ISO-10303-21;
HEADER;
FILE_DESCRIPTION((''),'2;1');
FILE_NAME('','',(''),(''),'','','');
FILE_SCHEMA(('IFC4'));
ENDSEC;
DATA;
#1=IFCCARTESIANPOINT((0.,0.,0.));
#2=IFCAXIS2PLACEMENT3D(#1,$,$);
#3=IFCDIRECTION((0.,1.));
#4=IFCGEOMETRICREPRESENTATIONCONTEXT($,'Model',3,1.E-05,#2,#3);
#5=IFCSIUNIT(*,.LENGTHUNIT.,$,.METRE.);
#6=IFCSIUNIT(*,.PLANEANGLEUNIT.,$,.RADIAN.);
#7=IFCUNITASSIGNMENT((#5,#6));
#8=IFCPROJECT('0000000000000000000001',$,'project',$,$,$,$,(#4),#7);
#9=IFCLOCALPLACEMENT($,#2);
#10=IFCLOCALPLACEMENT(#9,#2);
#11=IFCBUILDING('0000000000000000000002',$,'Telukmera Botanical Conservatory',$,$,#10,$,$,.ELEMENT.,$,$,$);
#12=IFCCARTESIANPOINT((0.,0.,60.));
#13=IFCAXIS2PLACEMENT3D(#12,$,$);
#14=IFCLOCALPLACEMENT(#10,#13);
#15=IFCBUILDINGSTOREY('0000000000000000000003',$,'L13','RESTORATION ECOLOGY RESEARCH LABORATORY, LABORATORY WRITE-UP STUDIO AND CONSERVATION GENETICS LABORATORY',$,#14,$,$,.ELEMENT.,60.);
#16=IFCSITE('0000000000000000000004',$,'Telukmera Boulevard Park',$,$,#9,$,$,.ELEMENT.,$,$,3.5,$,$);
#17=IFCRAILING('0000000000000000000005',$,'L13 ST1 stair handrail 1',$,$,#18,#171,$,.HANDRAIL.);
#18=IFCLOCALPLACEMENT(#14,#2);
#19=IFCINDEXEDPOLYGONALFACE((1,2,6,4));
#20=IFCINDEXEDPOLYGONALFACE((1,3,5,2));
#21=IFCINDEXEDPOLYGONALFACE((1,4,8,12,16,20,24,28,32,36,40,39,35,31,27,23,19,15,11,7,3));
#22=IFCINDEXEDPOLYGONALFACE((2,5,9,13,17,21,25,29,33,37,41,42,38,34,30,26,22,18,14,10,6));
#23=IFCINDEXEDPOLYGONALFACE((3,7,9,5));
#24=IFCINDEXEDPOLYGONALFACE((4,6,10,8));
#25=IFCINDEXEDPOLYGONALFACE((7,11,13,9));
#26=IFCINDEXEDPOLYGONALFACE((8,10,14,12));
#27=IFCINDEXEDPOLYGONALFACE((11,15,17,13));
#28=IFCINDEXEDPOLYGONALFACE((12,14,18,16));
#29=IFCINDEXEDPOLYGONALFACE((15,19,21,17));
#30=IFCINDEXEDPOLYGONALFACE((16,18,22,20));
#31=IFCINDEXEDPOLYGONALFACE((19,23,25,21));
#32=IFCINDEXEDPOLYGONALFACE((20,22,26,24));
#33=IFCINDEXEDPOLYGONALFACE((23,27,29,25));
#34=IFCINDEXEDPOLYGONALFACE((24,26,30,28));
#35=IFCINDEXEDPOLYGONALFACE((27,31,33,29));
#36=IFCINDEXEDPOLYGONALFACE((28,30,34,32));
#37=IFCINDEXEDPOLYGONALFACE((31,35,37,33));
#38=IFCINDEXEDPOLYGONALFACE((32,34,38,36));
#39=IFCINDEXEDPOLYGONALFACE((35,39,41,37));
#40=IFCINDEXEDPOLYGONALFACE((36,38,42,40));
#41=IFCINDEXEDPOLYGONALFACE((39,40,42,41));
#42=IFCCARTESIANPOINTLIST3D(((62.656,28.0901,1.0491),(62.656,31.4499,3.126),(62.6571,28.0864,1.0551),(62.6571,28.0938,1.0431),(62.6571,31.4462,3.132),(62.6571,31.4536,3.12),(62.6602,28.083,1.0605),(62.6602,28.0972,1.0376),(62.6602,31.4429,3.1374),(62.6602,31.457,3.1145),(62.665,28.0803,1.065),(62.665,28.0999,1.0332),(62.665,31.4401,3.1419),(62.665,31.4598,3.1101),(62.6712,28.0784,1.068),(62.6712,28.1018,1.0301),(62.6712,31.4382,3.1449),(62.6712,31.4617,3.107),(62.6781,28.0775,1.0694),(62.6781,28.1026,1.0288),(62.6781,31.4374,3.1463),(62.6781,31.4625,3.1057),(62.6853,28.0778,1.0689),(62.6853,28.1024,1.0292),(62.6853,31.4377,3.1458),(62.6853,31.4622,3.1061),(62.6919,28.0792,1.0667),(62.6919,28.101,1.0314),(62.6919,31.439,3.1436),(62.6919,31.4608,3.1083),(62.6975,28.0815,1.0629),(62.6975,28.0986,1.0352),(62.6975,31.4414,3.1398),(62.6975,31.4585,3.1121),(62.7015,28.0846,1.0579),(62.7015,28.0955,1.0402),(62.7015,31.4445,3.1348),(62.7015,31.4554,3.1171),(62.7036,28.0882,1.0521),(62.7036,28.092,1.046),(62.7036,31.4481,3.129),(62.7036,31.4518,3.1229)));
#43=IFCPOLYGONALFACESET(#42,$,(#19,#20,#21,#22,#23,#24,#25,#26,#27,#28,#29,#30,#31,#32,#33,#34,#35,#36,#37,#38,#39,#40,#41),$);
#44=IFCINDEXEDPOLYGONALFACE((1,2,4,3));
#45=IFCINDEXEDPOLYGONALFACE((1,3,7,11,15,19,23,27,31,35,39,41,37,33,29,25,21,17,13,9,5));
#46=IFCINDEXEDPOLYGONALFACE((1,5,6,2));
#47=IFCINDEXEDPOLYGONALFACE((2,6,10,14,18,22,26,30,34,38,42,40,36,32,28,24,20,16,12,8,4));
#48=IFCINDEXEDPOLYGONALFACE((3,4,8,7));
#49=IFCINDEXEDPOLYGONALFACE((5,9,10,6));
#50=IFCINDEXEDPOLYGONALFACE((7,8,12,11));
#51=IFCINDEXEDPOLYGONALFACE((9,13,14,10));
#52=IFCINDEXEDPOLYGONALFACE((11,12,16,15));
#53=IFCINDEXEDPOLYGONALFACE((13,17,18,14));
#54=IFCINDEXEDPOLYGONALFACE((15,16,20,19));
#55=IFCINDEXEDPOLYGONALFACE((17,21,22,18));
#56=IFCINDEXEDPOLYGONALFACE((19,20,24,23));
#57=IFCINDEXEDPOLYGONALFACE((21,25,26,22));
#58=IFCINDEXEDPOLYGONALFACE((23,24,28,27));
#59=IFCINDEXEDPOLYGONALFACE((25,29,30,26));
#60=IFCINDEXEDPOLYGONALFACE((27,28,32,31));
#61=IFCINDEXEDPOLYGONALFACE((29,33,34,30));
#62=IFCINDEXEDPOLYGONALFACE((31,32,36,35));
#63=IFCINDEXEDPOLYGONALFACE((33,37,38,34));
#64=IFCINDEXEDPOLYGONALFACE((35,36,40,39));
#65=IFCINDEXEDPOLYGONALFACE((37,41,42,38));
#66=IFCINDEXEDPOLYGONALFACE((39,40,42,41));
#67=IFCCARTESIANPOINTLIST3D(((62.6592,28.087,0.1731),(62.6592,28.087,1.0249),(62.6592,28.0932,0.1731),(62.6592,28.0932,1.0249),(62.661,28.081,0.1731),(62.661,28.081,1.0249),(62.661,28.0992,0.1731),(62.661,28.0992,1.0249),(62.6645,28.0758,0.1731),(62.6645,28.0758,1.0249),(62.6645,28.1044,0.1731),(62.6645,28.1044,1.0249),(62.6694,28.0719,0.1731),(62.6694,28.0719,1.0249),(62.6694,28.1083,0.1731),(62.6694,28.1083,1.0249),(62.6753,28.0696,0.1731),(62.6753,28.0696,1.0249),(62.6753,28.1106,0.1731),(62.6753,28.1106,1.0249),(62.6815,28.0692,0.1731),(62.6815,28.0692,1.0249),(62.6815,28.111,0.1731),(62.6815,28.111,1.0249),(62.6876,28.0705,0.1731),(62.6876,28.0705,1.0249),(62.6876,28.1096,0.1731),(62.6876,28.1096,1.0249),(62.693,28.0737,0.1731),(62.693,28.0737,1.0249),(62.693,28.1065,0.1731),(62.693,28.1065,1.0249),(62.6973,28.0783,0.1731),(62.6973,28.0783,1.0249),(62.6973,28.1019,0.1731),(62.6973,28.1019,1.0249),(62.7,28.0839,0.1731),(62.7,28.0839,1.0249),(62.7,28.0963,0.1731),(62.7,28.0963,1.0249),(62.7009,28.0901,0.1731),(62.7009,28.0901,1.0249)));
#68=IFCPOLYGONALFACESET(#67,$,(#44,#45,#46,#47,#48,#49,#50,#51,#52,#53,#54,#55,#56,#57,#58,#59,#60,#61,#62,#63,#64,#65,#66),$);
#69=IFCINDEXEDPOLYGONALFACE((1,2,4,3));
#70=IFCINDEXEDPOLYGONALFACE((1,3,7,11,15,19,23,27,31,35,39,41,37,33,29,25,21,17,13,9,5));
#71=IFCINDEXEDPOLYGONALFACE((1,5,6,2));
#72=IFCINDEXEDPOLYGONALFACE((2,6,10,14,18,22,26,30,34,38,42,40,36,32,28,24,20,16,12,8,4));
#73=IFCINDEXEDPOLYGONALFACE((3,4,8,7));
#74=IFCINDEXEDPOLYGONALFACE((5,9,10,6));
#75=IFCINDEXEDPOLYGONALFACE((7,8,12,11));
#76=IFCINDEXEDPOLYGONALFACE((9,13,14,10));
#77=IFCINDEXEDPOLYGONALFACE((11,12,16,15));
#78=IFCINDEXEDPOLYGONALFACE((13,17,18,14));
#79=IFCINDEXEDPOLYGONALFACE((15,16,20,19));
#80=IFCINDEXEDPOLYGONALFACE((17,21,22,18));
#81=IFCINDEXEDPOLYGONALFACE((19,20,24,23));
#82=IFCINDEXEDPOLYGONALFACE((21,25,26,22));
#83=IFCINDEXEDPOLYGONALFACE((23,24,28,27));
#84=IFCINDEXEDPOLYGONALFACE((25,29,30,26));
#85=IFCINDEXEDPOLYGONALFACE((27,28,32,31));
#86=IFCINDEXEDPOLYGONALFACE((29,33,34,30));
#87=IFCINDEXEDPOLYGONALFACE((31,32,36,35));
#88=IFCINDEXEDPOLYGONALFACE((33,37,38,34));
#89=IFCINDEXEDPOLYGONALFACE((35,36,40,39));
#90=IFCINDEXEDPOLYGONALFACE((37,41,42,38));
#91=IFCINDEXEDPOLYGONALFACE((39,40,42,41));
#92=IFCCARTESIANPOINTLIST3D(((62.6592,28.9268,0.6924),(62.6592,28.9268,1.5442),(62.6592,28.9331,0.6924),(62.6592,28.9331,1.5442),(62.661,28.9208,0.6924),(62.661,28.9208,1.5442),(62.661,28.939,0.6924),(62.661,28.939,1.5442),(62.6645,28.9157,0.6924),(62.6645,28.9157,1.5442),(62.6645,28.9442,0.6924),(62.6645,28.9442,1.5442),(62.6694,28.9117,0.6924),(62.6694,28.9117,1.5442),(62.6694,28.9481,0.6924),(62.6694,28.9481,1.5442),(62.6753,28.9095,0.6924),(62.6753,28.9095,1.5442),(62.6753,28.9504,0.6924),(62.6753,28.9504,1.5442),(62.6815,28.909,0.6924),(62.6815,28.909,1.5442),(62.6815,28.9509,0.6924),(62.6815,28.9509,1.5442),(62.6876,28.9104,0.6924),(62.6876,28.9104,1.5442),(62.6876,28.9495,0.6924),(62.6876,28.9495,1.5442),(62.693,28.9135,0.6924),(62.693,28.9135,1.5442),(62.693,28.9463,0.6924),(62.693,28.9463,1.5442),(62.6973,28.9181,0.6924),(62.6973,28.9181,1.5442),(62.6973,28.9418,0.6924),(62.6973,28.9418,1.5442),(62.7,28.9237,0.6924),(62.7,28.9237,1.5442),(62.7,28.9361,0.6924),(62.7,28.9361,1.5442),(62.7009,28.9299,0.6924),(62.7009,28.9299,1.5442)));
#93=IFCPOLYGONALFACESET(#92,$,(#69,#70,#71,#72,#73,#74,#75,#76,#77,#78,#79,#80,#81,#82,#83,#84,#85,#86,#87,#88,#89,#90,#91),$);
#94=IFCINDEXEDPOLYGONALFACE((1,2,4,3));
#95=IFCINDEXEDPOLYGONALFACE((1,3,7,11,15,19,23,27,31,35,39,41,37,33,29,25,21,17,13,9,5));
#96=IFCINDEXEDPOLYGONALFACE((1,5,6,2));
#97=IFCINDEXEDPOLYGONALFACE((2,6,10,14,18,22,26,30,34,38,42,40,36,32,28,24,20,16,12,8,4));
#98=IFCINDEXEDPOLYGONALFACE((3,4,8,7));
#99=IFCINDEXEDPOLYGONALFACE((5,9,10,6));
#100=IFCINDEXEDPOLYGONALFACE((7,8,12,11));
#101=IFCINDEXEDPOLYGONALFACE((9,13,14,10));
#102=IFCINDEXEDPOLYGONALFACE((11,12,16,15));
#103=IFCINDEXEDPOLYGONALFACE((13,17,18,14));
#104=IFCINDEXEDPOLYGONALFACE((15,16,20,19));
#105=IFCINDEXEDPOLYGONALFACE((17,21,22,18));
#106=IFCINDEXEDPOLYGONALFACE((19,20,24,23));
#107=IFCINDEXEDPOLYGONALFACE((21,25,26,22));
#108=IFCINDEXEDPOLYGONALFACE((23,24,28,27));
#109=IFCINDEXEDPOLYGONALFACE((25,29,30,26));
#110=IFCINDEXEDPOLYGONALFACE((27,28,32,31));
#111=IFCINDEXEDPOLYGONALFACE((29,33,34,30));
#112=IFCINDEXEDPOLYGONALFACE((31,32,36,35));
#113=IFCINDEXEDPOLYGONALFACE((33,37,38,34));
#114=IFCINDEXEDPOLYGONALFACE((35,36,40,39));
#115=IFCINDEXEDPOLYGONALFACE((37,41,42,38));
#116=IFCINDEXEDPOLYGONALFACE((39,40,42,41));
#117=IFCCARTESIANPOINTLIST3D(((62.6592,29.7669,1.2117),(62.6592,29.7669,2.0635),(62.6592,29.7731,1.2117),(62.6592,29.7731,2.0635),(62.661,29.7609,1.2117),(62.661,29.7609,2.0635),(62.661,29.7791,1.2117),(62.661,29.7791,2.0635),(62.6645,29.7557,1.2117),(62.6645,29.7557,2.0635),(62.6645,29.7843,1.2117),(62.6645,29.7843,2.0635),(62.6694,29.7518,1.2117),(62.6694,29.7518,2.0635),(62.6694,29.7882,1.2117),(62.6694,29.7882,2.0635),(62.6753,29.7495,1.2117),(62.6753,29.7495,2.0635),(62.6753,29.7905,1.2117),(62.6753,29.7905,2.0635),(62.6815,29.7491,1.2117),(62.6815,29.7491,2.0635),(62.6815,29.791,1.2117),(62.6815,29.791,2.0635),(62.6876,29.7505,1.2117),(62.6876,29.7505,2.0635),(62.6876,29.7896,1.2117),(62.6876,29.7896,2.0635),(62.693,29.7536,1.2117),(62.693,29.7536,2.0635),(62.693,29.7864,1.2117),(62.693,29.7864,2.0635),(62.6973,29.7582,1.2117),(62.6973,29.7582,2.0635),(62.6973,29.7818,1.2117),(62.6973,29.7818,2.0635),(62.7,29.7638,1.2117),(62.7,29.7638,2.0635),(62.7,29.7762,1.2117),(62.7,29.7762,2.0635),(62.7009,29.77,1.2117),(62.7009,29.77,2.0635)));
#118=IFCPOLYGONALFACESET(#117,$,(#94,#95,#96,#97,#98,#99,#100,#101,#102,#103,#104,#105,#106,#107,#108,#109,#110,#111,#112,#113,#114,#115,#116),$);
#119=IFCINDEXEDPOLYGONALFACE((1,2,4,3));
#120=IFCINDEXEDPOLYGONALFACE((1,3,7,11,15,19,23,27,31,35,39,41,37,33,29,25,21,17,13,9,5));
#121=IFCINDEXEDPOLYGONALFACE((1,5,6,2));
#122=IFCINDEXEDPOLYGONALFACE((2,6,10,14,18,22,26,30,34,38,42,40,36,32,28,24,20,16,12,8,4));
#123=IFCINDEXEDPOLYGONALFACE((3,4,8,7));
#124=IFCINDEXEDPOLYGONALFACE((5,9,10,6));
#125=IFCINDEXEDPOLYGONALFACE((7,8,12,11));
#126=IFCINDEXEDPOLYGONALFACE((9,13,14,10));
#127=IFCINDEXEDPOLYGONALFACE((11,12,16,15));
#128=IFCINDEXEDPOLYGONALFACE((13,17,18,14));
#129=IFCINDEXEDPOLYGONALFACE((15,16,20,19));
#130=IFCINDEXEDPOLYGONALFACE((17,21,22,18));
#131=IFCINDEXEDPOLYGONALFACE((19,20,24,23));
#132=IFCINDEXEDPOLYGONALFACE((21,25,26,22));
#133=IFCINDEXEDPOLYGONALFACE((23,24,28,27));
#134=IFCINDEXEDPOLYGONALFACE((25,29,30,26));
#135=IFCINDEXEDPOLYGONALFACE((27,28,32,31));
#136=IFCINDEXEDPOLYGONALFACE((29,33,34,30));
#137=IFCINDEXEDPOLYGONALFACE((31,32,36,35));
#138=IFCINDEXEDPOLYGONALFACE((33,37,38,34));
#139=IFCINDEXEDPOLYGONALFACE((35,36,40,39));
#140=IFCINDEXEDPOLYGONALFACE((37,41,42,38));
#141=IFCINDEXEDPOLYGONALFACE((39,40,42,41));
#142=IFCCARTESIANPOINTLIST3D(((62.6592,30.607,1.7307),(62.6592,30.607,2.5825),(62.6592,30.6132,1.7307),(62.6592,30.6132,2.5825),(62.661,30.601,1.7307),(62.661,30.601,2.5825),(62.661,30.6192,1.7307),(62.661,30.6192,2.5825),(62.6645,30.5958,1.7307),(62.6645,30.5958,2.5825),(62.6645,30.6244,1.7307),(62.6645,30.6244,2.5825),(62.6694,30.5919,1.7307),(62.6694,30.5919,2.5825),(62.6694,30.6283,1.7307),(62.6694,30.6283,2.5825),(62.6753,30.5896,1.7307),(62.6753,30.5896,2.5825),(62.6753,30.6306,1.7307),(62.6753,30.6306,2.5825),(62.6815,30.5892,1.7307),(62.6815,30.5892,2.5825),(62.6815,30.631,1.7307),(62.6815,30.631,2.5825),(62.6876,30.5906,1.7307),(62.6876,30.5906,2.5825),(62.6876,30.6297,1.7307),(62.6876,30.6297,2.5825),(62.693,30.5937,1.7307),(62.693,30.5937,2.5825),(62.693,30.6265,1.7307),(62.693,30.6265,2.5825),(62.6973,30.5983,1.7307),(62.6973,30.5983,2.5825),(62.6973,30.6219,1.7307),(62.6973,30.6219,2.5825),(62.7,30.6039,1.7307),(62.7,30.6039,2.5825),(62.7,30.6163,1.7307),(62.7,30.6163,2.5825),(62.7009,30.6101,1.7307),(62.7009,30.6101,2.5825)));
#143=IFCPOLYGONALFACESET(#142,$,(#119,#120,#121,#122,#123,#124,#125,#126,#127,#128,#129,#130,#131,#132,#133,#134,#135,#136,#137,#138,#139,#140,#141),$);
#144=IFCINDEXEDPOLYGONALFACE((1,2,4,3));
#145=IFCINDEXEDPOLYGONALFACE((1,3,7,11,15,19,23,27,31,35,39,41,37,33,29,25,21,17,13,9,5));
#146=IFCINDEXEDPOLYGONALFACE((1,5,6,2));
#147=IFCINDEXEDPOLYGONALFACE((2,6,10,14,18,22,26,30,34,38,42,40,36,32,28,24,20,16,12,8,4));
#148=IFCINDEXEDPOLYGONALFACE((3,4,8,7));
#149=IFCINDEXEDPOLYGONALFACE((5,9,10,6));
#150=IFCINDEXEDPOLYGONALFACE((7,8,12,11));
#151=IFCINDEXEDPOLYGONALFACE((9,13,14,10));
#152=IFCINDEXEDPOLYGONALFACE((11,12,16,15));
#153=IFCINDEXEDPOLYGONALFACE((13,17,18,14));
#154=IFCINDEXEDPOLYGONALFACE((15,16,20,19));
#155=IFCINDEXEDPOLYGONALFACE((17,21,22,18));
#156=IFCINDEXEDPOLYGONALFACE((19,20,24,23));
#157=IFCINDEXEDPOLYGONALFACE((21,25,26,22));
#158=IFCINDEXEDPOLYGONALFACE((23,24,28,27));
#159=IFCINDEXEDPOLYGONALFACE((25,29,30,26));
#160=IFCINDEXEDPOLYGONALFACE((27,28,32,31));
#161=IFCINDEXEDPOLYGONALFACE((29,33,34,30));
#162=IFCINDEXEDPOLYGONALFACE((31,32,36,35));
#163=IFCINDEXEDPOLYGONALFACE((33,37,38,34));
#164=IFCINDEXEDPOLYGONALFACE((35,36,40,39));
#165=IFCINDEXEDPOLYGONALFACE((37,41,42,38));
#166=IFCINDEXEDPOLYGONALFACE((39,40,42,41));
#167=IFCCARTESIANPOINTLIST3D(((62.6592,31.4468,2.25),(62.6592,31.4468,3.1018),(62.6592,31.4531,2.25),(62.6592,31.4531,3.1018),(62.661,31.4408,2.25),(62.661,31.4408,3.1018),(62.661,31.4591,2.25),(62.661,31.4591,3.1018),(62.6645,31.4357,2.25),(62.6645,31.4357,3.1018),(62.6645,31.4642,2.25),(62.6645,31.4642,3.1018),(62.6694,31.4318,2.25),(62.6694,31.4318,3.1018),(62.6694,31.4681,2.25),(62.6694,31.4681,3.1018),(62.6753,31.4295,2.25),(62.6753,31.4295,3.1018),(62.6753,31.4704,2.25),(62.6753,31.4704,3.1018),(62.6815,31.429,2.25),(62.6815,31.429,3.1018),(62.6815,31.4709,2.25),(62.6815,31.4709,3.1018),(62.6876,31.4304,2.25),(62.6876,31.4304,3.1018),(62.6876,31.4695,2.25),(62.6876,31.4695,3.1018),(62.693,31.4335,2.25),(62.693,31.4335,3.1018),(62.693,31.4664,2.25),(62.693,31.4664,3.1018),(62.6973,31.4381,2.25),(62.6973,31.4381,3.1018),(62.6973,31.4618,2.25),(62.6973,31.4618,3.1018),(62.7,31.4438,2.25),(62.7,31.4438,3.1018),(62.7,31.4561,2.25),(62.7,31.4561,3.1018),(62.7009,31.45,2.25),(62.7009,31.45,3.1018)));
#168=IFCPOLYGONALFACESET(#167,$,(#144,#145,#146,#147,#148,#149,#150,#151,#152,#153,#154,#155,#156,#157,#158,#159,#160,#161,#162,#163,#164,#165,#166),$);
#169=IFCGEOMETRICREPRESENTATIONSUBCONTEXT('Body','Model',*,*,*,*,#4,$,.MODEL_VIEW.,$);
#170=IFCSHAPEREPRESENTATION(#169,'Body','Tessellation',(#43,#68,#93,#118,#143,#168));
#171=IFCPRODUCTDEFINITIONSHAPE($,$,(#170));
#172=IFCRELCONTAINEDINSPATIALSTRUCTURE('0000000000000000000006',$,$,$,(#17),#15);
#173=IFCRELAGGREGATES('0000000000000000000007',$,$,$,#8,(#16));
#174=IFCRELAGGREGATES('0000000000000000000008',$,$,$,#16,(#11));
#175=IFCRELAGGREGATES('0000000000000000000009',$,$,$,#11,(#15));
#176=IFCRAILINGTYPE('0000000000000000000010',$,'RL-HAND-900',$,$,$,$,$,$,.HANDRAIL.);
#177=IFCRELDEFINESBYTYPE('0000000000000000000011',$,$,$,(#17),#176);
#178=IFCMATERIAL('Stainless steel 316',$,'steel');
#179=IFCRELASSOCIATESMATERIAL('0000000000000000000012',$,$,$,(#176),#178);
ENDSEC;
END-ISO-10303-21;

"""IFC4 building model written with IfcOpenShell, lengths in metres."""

from ifc_helpers import new_model, si_unit, direction, frame, origin, origin_2d, place, context, subcontext, project, spatial, circle, extrude, material, type_object, element, save


model = new_model("IFC4")

# Units and contexts
model_context = context("Model", 3, precision=1e-05, world=origin(), true_north=direction((0.0, 1.0)))
body_context = subcontext(model_context, "Body", "Model", "MODEL_VIEW")
ifc_project = project(units=[si_unit("LENGTHUNIT", "METRE"), si_unit("PLANEANGLEUNIT", "RADIAN")], contexts=[model_context])

# Site, building, storey
site_placement = place(None, origin())
site = spatial("IfcSite", under=ifc_project, at=site_placement, Name="Telukmera Boulevard Park", CompositionType="ELEMENT", RefElevation=3.5)
building_placement = place(site_placement, origin())
building = spatial("IfcBuilding", under=site, at=building_placement, Name="Telukmera Botanical Conservatory", CompositionType="ELEMENT")
storey_placement = place(building_placement, frame((0.0, 0.0, 60.0)))
storey = spatial("IfcBuildingStorey", under=building, at=storey_placement, Name="L13", Description="RESTORATION ECOLOGY RESEARCH LABORATORY, LABORATORY WRITE-UP STUDIO AND CONSERVATION GENETICS LABORATORY", CompositionType="ELEMENT", Elevation=60.0)

# Shared definitions
ifc_material_1 = material(Name="Stainless steel 316", Category="steel")

# Railing
railing_type_1 = type_object("IfcRailingType", Name="RL-HAND-900", PredefinedType="HANDRAIL", material=ifc_material_1)
railing_1_placement = place(storey_placement, frame((62.6799, 28.0901, 0.1731)))
element("IfcRailing", 1, at=railing_1_placement, inside=storey, type_object=railing_type_1, Name="L13 ST1 stair handrail 1", PredefinedType="HANDRAIL", context=body_context, shape_type="SweptSolid", body=[
    extrude(circle(Radius=0.0239, at=origin_2d()), frame((0.0, 0.0, 0.876), z_axis=(0.0, 0.850606, 0.525803), x_axis=(-1.0, 0.0, 0.0)), (0.0, 0.0, 1.0), 3.95),
    extrude(circle(Radius=0.021, at=origin_2d()), origin(), (0.0, 0.0, 1.0), 0.8518),
    extrude(circle(Radius=0.021, at=origin_2d()), frame((0.0, 0.8398, 0.5193)), (0.0, 0.0, 1.0), 0.8518),
    extrude(circle(Radius=0.021, at=origin_2d()), frame((0.0, 1.6799, 1.0386)), (0.0, 0.0, 1.0), 0.8518),
    extrude(circle(Radius=0.021, at=origin_2d()), frame((0.0, 2.52, 1.5576)), (0.0, 0.0, 1.0), 0.8518),
    extrude(circle(Radius=0.021, at=origin_2d()), frame((0.0, 3.3599, 2.0769)), (0.0, 0.0, 1.0), 0.8518),
])

save(model, "model.ifc")
